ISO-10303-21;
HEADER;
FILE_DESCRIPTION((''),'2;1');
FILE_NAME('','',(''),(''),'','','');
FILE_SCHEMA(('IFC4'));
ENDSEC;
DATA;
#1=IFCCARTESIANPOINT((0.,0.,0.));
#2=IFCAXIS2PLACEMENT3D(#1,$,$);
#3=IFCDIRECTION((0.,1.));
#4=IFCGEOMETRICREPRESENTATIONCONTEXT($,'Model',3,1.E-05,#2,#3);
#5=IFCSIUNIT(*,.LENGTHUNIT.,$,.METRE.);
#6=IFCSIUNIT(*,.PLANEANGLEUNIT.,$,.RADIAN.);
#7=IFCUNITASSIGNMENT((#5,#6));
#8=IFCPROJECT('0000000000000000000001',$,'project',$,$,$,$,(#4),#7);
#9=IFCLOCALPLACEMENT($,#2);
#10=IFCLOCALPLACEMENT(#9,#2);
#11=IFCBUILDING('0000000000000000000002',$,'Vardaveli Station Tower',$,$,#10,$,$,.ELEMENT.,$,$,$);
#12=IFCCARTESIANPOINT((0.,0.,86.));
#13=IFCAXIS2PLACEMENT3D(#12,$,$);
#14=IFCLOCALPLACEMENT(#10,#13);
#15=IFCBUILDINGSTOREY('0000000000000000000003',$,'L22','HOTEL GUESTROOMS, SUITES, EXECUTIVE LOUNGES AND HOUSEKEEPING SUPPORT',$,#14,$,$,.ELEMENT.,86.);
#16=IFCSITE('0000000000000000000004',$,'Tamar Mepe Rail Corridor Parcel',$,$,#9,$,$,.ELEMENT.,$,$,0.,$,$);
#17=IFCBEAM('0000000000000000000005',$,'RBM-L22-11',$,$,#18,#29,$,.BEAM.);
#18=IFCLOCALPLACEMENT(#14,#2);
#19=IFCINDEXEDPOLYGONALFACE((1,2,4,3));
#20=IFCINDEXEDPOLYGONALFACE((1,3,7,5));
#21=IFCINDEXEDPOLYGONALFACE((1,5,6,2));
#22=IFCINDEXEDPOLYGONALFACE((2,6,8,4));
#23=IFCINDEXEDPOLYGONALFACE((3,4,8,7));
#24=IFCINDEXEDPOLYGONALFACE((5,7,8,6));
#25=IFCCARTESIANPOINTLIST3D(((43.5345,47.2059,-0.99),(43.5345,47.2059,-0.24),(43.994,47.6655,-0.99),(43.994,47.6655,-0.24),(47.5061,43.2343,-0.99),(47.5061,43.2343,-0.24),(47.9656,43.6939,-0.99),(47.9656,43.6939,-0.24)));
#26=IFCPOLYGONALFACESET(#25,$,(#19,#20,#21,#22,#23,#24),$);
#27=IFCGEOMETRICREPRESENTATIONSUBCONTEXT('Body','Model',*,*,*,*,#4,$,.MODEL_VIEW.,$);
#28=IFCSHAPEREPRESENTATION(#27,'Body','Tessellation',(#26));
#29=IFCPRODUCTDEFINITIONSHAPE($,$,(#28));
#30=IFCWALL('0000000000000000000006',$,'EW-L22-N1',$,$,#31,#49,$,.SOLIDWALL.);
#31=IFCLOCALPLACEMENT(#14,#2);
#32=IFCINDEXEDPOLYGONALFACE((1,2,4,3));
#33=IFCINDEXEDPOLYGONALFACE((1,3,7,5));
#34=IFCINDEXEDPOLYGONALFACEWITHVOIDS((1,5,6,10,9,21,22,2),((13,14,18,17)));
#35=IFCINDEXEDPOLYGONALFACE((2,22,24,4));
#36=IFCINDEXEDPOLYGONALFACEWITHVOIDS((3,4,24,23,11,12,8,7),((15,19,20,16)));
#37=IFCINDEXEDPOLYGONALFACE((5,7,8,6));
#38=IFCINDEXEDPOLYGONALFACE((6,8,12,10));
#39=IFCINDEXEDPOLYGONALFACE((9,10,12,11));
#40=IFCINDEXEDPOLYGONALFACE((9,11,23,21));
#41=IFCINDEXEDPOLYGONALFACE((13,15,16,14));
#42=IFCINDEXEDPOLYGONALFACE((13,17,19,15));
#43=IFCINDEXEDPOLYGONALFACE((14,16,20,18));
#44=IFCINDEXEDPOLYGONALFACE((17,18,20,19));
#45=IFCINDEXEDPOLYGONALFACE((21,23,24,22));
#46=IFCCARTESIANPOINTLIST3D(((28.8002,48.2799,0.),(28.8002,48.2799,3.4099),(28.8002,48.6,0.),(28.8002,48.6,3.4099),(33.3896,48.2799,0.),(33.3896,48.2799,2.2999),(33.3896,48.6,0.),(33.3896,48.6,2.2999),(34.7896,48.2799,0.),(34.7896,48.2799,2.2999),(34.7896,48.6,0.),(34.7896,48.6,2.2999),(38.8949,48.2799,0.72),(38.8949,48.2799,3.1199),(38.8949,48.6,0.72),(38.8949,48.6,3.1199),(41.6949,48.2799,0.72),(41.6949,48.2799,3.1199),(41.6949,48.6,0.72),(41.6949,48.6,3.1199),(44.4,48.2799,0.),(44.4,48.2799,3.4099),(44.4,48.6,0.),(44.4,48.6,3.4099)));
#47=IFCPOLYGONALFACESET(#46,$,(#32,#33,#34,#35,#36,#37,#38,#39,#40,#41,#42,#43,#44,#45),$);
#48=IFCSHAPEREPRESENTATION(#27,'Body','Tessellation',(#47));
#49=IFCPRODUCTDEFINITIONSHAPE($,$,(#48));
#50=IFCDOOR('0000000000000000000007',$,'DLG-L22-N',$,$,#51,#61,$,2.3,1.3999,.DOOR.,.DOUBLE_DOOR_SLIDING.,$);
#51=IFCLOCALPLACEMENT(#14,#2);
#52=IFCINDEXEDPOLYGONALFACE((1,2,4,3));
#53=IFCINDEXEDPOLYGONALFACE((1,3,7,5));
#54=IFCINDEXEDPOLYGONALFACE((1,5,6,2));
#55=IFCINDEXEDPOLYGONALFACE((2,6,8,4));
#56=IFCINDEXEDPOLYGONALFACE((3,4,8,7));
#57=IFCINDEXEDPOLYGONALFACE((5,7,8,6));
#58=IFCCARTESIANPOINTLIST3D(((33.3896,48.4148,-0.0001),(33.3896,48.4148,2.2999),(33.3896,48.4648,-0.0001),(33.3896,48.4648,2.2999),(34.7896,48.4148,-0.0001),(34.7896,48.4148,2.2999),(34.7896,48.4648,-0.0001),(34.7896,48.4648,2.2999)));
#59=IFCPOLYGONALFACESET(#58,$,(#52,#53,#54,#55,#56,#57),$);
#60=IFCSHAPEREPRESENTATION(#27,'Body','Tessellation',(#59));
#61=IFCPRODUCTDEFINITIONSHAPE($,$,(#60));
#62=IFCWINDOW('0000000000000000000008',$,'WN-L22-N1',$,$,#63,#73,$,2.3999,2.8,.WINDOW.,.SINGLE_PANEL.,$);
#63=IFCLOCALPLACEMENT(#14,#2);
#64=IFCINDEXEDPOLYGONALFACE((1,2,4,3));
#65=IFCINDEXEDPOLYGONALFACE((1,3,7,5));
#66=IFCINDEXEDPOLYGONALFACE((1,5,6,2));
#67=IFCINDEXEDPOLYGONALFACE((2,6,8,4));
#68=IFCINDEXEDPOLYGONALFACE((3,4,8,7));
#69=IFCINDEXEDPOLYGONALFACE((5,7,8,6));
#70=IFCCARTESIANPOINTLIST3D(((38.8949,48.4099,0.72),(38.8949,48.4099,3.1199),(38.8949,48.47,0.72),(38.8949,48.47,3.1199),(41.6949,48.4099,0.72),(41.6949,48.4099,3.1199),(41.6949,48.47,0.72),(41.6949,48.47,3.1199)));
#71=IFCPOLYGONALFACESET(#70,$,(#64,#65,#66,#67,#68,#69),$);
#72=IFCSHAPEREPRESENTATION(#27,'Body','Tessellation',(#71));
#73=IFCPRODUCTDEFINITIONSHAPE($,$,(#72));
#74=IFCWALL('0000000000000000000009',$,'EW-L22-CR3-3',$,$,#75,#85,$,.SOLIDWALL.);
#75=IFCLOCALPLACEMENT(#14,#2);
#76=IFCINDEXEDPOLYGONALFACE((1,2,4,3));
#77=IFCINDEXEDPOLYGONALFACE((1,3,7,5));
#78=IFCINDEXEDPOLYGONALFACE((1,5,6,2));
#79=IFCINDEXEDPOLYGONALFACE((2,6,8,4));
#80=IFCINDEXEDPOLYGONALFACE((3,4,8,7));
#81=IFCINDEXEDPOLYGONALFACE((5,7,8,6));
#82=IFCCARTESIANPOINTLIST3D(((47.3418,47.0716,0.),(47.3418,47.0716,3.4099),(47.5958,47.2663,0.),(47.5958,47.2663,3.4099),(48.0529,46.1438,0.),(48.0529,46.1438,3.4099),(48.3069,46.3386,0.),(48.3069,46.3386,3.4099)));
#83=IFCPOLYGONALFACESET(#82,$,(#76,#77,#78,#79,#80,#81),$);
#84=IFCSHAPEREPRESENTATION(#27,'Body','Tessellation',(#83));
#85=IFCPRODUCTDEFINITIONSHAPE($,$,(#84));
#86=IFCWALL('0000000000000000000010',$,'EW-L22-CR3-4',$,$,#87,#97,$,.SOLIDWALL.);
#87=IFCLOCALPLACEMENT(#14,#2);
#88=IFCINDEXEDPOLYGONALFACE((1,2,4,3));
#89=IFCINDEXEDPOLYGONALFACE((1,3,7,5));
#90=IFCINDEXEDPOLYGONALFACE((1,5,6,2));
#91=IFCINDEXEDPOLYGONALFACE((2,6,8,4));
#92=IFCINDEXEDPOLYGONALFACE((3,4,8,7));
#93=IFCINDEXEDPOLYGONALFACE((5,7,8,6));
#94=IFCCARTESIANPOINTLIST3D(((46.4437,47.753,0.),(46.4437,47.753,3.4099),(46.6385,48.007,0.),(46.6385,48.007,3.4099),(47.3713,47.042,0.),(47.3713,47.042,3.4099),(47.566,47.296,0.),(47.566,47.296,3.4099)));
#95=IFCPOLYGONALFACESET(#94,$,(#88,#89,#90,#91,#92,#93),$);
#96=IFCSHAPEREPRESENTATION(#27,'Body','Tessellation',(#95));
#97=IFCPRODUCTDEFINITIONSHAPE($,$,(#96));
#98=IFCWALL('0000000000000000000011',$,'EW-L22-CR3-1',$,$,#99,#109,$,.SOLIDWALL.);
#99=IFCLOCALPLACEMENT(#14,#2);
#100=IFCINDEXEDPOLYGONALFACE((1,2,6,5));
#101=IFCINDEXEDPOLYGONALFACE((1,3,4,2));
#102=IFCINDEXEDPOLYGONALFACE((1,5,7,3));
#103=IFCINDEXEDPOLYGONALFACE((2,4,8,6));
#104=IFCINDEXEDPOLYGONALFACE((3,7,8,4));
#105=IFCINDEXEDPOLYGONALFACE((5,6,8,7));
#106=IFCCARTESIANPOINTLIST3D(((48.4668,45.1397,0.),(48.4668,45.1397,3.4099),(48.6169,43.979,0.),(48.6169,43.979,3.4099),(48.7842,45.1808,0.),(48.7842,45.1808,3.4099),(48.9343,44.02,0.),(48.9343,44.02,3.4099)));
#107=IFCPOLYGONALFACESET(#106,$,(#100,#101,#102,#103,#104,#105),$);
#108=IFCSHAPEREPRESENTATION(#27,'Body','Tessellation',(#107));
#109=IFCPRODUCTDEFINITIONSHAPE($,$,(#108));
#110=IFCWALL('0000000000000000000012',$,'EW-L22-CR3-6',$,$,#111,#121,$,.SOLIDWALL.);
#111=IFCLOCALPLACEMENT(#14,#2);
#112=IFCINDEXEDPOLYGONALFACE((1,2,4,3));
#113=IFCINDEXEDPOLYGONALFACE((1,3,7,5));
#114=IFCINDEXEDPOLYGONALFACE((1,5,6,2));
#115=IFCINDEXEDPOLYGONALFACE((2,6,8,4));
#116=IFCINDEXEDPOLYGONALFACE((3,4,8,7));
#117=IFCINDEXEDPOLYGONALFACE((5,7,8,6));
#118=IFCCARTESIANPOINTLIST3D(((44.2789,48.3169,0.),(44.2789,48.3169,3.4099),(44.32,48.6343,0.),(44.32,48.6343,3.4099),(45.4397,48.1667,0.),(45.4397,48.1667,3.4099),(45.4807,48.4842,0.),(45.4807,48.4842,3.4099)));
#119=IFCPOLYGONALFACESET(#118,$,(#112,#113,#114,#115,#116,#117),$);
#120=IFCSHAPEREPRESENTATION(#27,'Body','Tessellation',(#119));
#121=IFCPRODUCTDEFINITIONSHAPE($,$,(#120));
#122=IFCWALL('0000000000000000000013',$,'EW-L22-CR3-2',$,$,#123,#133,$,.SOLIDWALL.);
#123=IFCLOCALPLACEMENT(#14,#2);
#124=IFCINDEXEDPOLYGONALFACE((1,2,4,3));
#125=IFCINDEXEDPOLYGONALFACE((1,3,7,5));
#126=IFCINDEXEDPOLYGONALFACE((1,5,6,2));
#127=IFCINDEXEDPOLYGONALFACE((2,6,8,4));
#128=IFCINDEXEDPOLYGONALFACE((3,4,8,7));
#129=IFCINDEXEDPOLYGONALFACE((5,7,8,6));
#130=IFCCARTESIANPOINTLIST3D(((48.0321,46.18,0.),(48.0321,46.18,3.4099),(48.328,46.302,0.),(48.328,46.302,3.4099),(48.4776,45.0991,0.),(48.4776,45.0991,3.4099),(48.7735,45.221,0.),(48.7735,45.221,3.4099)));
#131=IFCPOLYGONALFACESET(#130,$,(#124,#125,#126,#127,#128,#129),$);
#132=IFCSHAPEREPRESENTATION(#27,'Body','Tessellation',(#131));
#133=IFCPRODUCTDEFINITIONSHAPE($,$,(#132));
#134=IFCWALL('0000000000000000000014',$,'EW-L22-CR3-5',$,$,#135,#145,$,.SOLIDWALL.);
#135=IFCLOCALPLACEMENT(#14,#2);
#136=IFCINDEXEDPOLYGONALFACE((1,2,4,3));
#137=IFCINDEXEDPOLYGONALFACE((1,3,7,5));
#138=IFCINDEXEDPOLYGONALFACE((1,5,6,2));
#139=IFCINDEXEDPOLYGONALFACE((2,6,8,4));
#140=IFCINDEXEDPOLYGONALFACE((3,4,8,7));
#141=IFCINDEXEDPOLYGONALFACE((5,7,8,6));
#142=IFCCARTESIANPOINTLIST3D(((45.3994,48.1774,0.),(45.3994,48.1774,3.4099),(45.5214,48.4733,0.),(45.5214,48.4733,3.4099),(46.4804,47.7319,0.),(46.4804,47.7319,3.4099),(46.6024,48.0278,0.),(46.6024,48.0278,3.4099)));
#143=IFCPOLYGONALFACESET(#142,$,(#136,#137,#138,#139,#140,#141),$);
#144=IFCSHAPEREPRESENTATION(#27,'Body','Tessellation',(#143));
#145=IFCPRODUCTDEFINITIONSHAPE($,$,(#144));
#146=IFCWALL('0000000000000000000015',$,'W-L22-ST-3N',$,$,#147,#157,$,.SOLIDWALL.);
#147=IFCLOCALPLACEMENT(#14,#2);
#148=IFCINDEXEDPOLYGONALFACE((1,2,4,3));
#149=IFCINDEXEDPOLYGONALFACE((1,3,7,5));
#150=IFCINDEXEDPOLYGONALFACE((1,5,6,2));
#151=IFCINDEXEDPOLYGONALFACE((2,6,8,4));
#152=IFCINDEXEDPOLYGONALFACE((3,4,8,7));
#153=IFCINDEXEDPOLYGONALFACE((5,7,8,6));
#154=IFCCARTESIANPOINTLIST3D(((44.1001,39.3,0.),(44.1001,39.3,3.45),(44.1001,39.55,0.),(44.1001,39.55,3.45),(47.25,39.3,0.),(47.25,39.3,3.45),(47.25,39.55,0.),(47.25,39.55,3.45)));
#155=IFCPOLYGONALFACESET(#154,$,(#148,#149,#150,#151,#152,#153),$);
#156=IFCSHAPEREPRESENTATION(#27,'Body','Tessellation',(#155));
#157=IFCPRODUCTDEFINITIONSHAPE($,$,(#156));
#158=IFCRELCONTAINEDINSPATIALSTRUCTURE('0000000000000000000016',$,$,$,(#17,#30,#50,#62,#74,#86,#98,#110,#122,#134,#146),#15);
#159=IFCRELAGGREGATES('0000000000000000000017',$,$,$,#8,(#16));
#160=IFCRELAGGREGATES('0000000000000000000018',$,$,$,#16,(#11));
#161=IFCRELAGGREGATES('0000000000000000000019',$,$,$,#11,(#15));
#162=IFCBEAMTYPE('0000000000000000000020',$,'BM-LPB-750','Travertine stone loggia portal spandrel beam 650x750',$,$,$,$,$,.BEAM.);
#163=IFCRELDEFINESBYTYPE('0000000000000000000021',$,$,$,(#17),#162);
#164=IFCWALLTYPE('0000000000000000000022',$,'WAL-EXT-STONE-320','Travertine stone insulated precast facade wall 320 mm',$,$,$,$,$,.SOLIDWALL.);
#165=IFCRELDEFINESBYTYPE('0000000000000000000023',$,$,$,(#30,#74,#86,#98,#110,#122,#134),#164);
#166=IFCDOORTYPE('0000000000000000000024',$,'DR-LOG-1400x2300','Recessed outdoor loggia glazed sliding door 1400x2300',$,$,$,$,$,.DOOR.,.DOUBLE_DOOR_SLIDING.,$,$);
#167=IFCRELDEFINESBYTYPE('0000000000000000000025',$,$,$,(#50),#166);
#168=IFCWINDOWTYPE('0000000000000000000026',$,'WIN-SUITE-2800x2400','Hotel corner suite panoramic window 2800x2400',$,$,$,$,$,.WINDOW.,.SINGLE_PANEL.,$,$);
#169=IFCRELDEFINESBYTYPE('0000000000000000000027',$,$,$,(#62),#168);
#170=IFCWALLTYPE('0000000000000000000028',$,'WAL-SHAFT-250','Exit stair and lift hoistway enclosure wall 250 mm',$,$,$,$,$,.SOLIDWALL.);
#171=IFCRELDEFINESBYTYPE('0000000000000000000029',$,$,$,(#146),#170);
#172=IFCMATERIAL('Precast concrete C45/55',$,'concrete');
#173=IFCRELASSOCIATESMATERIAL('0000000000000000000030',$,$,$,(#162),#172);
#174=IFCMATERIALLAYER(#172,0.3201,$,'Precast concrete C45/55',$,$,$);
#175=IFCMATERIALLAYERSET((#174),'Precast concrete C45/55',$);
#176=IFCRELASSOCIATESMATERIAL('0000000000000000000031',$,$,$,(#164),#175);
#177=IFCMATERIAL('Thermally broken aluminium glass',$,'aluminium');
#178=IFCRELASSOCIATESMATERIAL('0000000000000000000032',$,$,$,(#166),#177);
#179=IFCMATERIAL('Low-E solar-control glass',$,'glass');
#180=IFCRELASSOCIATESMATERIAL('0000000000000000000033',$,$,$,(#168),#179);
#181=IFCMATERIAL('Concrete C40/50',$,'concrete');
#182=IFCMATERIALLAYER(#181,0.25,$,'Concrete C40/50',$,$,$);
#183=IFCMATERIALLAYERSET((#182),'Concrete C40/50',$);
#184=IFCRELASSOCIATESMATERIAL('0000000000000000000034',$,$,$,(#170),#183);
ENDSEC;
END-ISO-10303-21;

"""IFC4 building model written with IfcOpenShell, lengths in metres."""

from ifc_helpers import new_model, si_unit, direction, frame, frame_2d, origin, origin_2d, place, context, subcontext, project, spatial, rectangle, extrude, source, transform, mapped, material, layer, layer_set, material_profile, profile_set, type_object, element, fill, save


model = new_model("IFC4")

# Units and contexts
model_context = context("Model", 3, precision=1e-05, world=origin(), true_north=direction((0.0, 1.0)))
body_context = subcontext(model_context, "Body", "Model", "MODEL_VIEW")
ifc_project = project(units=[si_unit("LENGTHUNIT", "METRE"), si_unit("PLANEANGLEUNIT", "RADIAN")], contexts=[model_context])

# Site, building, storey
site_placement = place(None, origin())
site = spatial("IfcSite", under=ifc_project, at=site_placement, Name="Tamar Mepe Rail Corridor Parcel", CompositionType="ELEMENT", RefElevation=0.0)
building_placement = place(site_placement, origin())
building = spatial("IfcBuilding", under=site, at=building_placement, Name="Vardaveli Station Tower", CompositionType="ELEMENT")
storey_placement = place(building_placement, frame((0.0, 0.0, 86.0)))
storey = spatial("IfcBuildingStorey", under=building, at=storey_placement, Name="L22", Description="HOTEL GUESTROOMS, SUITES, EXECUTIVE LOUNGES AND HOUSEKEEPING SUPPORT", CompositionType="ELEMENT", Elevation=86.0)

# Beam
ifc_material_1 = material(Name="Precast concrete C45/55", Category="concrete")
ifc_material_profile_1 = material_profile(ifc_material_1, rectangle(XDim=0.6499, YDim=0.75, at=origin_2d()), Name="LPB 650x750")
ifc_profile_set_1 = profile_set([ifc_material_profile_1], Name="Precast concrete C45/55")
beam_type = type_object("IfcBeamType", Name="BM-LPB-750", Description="Travertine stone loggia portal spandrel beam 650x750", PredefinedType="BEAM", material=ifc_profile_set_1)
shared_shape_1 = source(origin(), body_context, "Body", "SweptSolid", [
    extrude(rectangle(XDim=0.6499, YDim=0.75, at=origin_2d()), origin(), (0.0, 0.0, 1.0), 5.6167),
])
beam_placement = place(storey_placement, frame((47.7358, 43.4641, -0.615), z_axis=(-0.707107, 0.707107, 0.0), x_axis=(-0.707107, -0.707107, 0.0)))
element("IfcBeam", 1, at=beam_placement, inside=storey, type_object=beam_type, Name="RBM-L22-11", PredefinedType="BEAM", context=body_context, shape_type="MappedRepresentation", body=[
    mapped(shared_shape_1, transform((0.0, 0.0, 0.0), scale=1.0)),
])

# Wall, openings, door, window
ifc_layer_1 = layer(ifc_material_1, 0.3201, Name="Precast concrete C45/55")
ifc_layer_set_1 = layer_set([ifc_layer_1], Name="Precast concrete C45/55")
wall_type_1 = type_object("IfcWallType", Name="WAL-EXT-STONE-320", Description="Travertine stone insulated precast facade wall 320 mm", PredefinedType="SOLIDWALL", material=ifc_layer_set_1)
shared_shape_2 = source(origin(), body_context, "Body", "SweptSolid", [
    extrude(rectangle(XDim=15.5999, YDim=0.3201, at=frame_2d((7.7998, 0.0))), origin(), (0.0, 0.0, 1.0), 3.4099),
])
wall_1_placement = place(storey_placement, frame((44.3999, 48.4399, 0.0), z_axis=(0.0, 0.0, 1.0), x_axis=(-1.0, 0.0, 0.0)))
wall_1 = element("IfcWall", 2, at=wall_1_placement, inside=storey, type_object=wall_type_1, Name="EW-L22-N1", PredefinedType="SOLIDWALL", context=body_context, shape_type="MappedRepresentation", body=[
    mapped(shared_shape_2, transform((0.0, 0.0, 0.0), scale=1.0)),
])
shared_shape_3 = source(origin(), body_context, "Body", "SweptSolid", [
    extrude(rectangle(XDim=1.3999, YDim=2.3, at=frame_2d((0.7, 1.1499))), frame((0.0, 0.1699, 0.0), z_axis=(0.0, -1.0, 0.0), x_axis=(1.0, 0.0, 0.0)), (0.0, 0.0, 1.0), 0.3401),
])
opening_1_placement = place(wall_1_placement, frame((9.6104, 0.0, 0.0)))
opening_1 = element("IfcOpeningElement", 3, at=opening_1_placement, cuts=wall_1, PredefinedType="OPENING", context=body_context, shape_type="MappedRepresentation", body=[
    mapped(shared_shape_3, transform((0.0, 0.0, 0.0), scale=1.0)),
])
shared_shape_4 = source(origin(), body_context, "Body", "SweptSolid", [
    extrude(rectangle(XDim=2.8, YDim=2.3999, at=frame_2d((1.3999, 1.2))), frame((0.0, 0.1699, 0.0), z_axis=(0.0, -1.0, 0.0), x_axis=(1.0, 0.0, 0.0)), (0.0, 0.0, 1.0), 0.3401),
])
opening_2_placement = place(wall_1_placement, frame((2.7051, 0.0, 0.72)))
opening_2 = element("IfcOpeningElement", 4, at=opening_2_placement, cuts=wall_1, PredefinedType="OPENING", context=body_context, shape_type="MappedRepresentation", body=[
    mapped(shared_shape_4, transform((0.0, 0.0, 0.0), scale=1.0)),
])
ifc_material_2 = material(Name="Thermally broken aluminium glass", Category="aluminium")
door_type = type_object("IfcDoorType", Name="DR-LOG-1400x2300", Description="Recessed outdoor loggia glazed sliding door 1400x2300", OperationType="DOUBLE_DOOR_SLIDING", PredefinedType="DOOR", material=ifc_material_2)
shared_shape_5 = source(origin(), body_context, "Body", "SweptSolid", [
    extrude(rectangle(XDim=1.3999, YDim=2.3, at=frame_2d((0.7, 1.1499))), frame((0.0, 0.0249, 0.0), z_axis=(0.0, -1.0, 0.0), x_axis=(1.0, 0.0, 0.0)), (0.0, 0.0, 1.0), 0.05),
])
door_placement = place(opening_1_placement, frame((1.3999, 0.0, 0.0), z_axis=(0.0, 0.0, 1.0), x_axis=(-1.0, 0.0, 0.0)))
door = element("IfcDoor", 5, at=door_placement, inside=storey, type_object=door_type, Name="DLG-L22-N", OperationType="DOUBLE_DOOR_SLIDING", OverallHeight=2.3, OverallWidth=1.3999, PredefinedType="DOOR", context=body_context, shape_type="MappedRepresentation", body=[
    mapped(shared_shape_5, transform((0.0, 0.0, 0.0), scale=1.0)),
])
fill(opening_1, door)
ifc_material_3 = material(Name="Low-E solar-control glass", Category="glass")
window_type = type_object("IfcWindowType", Name="WIN-SUITE-2800x2400", Description="Hotel corner suite panoramic window 2800x2400", PartitioningType="SINGLE_PANEL", PredefinedType="WINDOW", material=ifc_material_3)
shared_shape_6 = source(origin(), body_context, "Body", "SweptSolid", [
    extrude(rectangle(XDim=2.8, YDim=2.3999, at=frame_2d((1.3999, 1.2))), frame((0.0, 0.03, 0.0), z_axis=(0.0, -1.0, 0.0), x_axis=(1.0, 0.0, 0.0)), (0.0, 0.0, 1.0), 0.0601),
])
window_placement = place(opening_2_placement, origin())
window = element("IfcWindow", 6, at=window_placement, inside=storey, type_object=window_type, Name="WN-L22-N1", OverallHeight=2.3999, OverallWidth=2.8, PartitioningType="SINGLE_PANEL", PredefinedType="WINDOW", context=body_context, shape_type="MappedRepresentation", body=[
    mapped(shared_shape_6, transform((0.0, 0.0, 0.0), scale=1.0)),
])
fill(opening_2, window)

# Walls
shared_shape_7 = source(origin(), body_context, "Body", "SweptSolid", [
    extrude(rectangle(XDim=1.1689, YDim=0.3201, at=frame_2d((0.5845, 0.0))), origin(), (0.0, 0.0, 1.0), 3.4099),
])
wall_2_placement = place(storey_placement, frame((48.1799, 46.2412, 0.0), z_axis=(0.0, 0.0, 1.0), x_axis=(-0.608388, 0.79364, 0.0)))
element("IfcWall", 7, at=wall_2_placement, inside=storey, type_object=wall_type_1, Name="EW-L22-CR3-3", PredefinedType="SOLIDWALL", context=body_context, shape_type="MappedRepresentation", body=[
    mapped(shared_shape_7, transform((0.0, 0.0, 0.0), scale=1.0)),
])
shared_shape_8 = source(origin(), body_context, "Body", "SweptSolid", [
    extrude(rectangle(XDim=1.1687, YDim=0.3201, at=frame_2d((0.5845, 0.0))), origin(), (0.0, 0.0, 1.0), 3.4099),
])
wall_3_placement = place(storey_placement, frame((47.4688, 47.1689, 0.0), z_axis=(0.0, 0.0, 1.0), x_axis=(-0.793664, 0.608357, 0.0)))
element("IfcWall", 8, at=wall_3_placement, inside=storey, type_object=wall_type_1, Name="EW-L22-CR3-4", PredefinedType="SOLIDWALL", context=body_context, shape_type="MappedRepresentation", body=[
    mapped(shared_shape_8, transform((0.0, 0.0, 0.0), scale=1.0)),
])
shared_shape_9 = source(origin(), body_context, "Body", "SweptSolid", [
    extrude(rectangle(XDim=1.1704, YDim=0.3201, at=frame_2d((0.5852, 0.0))), origin(), (0.0, 0.0, 1.0), 3.4099),
])
for number, where, z_axis, x_axis, name in (
    (9, (48.7756, 43.9995, 0.0), (0.0, 0.0, 1.0), (-0.128296, 0.991736, 0.0), "EW-L22-CR3-1"),
    (10, (45.4602, 48.3254, 0.0), (0.0, 0.0, 1.0), (-0.991736, 0.128296, 0.0), "EW-L22-CR3-6"),
):
    element("IfcWall", number, at=place(storey_placement, frame(where, z_axis=z_axis, x_axis=x_axis)), inside=storey, type_object=wall_type_1, Name=name, PredefinedType="SOLIDWALL", context=body_context, shape_type="MappedRepresentation", body=[
        mapped(shared_shape_9, transform((0.0, 0.0, 0.0), scale=1.0)),
    ])
shared_shape_10 = source(origin(), body_context, "Body", "SweptSolid", [
    extrude(rectangle(XDim=1.1692, YDim=0.3201, at=frame_2d((0.5845, 0.0))), origin(), (0.0, 0.0, 1.0), 3.4099),
])
for number, where, z_axis, x_axis, name in (
    (11, (48.6255, 45.1602, 0.0), (0.0, 0.0, 1.0), (-0.381054, 0.924553, 0.0), "EW-L22-CR3-2"),
    (12, (46.5413, 47.8799, 0.0), (0.0, 0.0, 1.0), (-0.924553, 0.381054, 0.0), "EW-L22-CR3-5"),
):
    element("IfcWall", number, at=place(storey_placement, frame(where, z_axis=z_axis, x_axis=x_axis)), inside=storey, type_object=wall_type_1, Name=name, PredefinedType="SOLIDWALL", context=body_context, shape_type="MappedRepresentation", body=[
        mapped(shared_shape_10, transform((0.0, 0.0, 0.0), scale=1.0)),
    ])
ifc_material_4 = material(Name="Concrete C40/50", Category="concrete")
ifc_layer_2 = layer(ifc_material_4, 0.25, Name="Concrete C40/50")
ifc_layer_set_2 = layer_set([ifc_layer_2], Name="Concrete C40/50")
wall_type_2 = type_object("IfcWallType", Name="WAL-SHAFT-250", Description="Exit stair and lift hoistway enclosure wall 250 mm", PredefinedType="SOLIDWALL", material=ifc_layer_set_2)
shared_shape_11 = source(origin(), body_context, "Body", "SweptSolid", [
    extrude(rectangle(XDim=3.1499, YDim=0.25, at=frame_2d((1.575, 0.0))), origin(), (0.0, 0.0, 1.0), 3.45),
])
wall_4_placement = place(storey_placement, frame((44.1001, 39.425, 0.0), z_axis=(0.0, 0.0, 1.0), x_axis=(1.0, 0.0, 0.0)))
element("IfcWall", 13, at=wall_4_placement, inside=storey, type_object=wall_type_2, Name="W-L22-ST-3N", PredefinedType="SOLIDWALL", context=body_context, shape_type="MappedRepresentation", body=[
    mapped(shared_shape_11, transform((0.0, 0.0, 0.0), scale=1.0)),
])

save(model, "model.ifc")
